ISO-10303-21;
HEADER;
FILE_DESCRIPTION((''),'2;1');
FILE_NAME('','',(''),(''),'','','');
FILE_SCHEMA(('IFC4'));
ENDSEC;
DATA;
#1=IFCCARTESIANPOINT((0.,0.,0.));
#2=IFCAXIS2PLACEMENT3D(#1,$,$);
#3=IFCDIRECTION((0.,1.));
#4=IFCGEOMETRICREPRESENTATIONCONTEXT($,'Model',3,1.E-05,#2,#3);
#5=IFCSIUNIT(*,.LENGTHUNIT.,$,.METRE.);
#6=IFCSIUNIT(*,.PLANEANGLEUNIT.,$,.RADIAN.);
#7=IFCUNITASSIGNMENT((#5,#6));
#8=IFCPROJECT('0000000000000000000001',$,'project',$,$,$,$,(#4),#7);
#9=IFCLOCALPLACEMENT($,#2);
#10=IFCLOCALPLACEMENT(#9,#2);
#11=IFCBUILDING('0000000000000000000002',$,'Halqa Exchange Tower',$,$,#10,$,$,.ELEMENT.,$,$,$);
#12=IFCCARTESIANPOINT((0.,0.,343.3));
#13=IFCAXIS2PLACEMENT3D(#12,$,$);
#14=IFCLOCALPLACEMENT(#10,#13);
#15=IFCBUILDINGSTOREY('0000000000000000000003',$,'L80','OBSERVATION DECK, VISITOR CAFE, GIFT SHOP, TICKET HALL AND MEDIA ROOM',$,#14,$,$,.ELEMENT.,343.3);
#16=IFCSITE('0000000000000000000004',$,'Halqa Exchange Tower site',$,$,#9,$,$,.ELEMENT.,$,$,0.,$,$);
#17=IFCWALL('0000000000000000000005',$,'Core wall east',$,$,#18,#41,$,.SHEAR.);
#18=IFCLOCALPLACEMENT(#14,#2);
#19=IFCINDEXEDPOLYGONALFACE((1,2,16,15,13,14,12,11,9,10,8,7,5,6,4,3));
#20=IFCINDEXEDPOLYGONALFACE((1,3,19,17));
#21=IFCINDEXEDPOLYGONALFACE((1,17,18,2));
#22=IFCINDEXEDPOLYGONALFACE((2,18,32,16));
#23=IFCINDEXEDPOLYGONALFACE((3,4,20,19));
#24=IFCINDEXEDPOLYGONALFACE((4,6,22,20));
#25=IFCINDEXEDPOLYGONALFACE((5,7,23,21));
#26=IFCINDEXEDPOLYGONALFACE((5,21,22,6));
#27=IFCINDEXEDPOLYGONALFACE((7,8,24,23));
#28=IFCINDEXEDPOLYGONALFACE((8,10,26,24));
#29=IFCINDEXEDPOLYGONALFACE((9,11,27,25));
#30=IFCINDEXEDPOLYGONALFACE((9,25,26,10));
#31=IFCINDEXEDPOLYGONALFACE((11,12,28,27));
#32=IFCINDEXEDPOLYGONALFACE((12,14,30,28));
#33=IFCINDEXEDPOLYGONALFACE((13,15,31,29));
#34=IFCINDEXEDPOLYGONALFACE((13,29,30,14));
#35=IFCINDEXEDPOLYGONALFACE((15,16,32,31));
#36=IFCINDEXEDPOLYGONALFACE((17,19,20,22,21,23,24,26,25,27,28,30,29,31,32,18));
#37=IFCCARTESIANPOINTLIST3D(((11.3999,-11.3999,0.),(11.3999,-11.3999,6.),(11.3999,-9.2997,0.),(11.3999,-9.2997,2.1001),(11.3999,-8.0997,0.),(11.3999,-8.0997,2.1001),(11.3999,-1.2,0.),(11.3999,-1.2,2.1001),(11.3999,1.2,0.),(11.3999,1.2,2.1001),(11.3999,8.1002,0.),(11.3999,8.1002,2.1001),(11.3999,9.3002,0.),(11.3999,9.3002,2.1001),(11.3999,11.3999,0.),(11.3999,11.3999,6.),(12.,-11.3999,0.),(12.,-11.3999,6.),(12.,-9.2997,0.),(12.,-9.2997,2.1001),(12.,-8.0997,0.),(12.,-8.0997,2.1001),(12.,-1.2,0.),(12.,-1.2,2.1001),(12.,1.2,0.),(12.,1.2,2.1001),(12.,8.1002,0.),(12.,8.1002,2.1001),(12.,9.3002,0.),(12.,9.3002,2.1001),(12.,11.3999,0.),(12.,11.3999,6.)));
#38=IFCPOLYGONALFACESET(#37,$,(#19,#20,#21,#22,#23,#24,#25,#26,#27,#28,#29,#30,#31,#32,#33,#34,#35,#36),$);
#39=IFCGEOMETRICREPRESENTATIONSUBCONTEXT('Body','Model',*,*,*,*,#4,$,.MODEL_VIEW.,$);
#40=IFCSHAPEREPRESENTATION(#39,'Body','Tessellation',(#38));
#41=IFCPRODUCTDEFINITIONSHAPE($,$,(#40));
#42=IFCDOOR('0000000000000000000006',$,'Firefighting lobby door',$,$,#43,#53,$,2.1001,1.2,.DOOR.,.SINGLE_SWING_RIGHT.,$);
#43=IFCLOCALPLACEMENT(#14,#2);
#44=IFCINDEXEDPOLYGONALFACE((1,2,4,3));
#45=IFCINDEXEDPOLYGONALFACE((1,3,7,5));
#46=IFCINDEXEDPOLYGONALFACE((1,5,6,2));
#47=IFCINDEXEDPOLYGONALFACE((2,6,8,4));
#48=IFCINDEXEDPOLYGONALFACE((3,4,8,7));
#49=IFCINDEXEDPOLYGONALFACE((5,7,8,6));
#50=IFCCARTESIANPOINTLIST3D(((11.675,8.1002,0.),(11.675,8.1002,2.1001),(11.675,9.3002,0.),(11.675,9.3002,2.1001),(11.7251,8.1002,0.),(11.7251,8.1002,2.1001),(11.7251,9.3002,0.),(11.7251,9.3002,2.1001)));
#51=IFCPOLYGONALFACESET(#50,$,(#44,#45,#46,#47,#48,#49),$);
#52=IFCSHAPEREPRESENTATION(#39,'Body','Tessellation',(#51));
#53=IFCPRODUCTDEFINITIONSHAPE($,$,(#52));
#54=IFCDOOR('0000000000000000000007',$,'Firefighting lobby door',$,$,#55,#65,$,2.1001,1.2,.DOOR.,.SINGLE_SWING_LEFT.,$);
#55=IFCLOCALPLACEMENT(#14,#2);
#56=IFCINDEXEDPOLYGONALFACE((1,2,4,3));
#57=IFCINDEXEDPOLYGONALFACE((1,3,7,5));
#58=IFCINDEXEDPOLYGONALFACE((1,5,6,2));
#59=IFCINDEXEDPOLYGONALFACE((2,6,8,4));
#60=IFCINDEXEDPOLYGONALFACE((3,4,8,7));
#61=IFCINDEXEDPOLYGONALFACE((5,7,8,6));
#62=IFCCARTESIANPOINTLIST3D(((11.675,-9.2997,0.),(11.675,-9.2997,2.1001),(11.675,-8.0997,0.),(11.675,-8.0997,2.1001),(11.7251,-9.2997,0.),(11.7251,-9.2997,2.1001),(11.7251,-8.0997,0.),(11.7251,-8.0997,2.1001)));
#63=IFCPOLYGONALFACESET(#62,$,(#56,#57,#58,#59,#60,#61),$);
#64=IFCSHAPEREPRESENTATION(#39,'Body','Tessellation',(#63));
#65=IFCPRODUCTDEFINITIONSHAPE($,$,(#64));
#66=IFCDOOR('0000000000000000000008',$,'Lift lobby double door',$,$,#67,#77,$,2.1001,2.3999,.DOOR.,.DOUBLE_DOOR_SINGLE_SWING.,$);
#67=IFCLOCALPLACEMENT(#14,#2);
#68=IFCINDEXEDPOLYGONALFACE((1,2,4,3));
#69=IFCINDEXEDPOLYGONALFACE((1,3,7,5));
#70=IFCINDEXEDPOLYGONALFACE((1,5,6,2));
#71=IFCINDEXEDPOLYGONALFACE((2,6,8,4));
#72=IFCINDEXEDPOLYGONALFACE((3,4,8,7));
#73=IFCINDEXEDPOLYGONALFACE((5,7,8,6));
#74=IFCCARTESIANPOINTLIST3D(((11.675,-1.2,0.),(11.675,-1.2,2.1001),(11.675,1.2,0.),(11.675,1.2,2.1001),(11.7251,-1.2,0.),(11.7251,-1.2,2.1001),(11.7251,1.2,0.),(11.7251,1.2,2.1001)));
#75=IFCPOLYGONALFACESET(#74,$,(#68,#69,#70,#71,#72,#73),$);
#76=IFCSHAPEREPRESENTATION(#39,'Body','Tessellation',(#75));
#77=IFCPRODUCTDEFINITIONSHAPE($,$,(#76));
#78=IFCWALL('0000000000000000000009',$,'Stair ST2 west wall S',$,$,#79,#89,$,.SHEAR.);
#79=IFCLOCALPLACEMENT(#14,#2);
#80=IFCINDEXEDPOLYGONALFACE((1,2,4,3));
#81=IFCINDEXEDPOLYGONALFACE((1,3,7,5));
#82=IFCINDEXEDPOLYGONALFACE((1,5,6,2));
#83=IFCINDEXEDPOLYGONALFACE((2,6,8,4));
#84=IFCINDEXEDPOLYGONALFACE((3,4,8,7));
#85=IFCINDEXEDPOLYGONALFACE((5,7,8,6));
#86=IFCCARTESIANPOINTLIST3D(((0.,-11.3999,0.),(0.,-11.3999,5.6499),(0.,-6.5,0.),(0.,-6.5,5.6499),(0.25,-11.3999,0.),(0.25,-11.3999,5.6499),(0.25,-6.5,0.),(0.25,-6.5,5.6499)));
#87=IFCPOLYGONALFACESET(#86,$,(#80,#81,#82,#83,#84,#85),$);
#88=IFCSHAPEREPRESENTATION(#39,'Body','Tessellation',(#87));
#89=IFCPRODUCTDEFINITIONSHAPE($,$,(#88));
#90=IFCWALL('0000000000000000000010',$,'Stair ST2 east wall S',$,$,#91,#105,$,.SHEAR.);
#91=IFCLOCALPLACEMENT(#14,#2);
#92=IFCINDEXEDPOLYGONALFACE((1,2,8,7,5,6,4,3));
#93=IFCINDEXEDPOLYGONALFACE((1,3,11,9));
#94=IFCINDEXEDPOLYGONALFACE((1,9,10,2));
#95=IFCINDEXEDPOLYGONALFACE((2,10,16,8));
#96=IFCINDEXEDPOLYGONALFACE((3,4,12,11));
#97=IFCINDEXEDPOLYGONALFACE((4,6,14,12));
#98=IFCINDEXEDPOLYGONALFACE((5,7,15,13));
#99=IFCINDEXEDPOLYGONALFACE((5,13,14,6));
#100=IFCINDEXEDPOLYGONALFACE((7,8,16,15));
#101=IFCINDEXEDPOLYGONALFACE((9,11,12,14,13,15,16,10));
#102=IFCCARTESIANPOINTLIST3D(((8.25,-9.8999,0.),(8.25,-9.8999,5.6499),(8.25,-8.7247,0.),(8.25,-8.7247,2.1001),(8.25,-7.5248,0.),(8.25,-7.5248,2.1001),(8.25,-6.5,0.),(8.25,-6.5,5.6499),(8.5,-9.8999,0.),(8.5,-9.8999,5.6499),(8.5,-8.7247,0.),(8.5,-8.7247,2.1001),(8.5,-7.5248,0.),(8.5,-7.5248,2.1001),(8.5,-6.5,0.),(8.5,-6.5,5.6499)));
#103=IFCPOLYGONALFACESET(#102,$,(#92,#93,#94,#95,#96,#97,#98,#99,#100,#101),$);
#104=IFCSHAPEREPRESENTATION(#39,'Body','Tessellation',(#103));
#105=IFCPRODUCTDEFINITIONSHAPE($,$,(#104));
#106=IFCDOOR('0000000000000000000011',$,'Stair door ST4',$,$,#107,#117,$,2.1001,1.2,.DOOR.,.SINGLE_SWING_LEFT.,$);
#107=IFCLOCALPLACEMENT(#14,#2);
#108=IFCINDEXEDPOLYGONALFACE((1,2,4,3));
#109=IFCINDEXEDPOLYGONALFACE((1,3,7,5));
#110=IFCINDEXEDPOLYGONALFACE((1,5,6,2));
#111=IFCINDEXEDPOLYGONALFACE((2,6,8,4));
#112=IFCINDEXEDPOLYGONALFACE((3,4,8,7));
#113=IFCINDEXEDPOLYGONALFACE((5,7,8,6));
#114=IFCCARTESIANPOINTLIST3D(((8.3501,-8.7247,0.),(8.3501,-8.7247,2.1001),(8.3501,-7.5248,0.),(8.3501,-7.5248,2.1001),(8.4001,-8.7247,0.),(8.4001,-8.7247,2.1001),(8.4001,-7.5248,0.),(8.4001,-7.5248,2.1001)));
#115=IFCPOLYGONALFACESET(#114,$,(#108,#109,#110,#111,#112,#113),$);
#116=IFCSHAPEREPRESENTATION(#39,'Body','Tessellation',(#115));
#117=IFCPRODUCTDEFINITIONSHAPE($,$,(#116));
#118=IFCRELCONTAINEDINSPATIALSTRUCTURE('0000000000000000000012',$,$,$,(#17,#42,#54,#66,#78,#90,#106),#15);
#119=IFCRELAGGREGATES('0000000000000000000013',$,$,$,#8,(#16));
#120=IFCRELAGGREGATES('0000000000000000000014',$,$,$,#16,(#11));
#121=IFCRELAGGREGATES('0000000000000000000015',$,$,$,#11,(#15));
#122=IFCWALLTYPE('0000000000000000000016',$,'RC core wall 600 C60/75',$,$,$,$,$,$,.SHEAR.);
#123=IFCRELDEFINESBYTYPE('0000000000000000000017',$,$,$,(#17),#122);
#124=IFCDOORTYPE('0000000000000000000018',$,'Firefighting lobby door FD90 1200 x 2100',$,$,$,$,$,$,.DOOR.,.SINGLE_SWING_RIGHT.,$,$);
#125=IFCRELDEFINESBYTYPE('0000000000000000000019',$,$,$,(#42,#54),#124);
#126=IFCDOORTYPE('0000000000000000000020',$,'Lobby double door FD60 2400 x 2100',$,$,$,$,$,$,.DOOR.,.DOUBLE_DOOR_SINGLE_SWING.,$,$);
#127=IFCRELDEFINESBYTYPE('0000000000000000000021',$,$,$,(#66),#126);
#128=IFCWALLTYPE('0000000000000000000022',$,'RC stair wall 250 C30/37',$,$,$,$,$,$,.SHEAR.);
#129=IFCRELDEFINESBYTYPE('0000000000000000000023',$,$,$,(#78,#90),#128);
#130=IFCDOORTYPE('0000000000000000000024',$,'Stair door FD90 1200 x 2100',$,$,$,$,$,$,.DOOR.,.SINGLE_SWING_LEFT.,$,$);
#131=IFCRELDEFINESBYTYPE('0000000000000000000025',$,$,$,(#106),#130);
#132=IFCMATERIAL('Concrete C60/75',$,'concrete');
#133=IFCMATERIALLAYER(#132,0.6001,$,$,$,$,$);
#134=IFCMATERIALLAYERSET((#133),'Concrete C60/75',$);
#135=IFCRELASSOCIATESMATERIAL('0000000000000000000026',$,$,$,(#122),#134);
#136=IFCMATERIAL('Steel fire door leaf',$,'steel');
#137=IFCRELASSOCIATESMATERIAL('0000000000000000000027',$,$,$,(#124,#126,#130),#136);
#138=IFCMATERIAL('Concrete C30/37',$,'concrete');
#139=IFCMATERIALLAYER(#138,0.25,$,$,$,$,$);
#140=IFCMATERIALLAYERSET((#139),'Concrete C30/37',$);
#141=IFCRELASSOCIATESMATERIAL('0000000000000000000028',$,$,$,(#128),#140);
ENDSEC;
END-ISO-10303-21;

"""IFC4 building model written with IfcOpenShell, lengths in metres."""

from ifc_helpers import new_model, si_unit, direction, frame, frame_2d, origin, place, context, subcontext, project, spatial, rectangle, extrude, material, layer, layer_set, type_object, element, fill, save


model = new_model("IFC4")

# Units and contexts
model_context = context("Model", 3, precision=1e-05, world=origin(), true_north=direction((0.0, 1.0)))
body_context = subcontext(model_context, "Body", "Model", "MODEL_VIEW")
ifc_project = project(units=[si_unit("LENGTHUNIT", "METRE"), si_unit("PLANEANGLEUNIT", "RADIAN")], contexts=[model_context])

# Site, building, storey
site_placement = place(None, origin())
site = spatial("IfcSite", under=ifc_project, at=site_placement, Name="Halqa Exchange Tower site", CompositionType="ELEMENT", RefElevation=0.0)
building_placement = place(site_placement, origin())
building = spatial("IfcBuilding", under=site, at=building_placement, Name="Halqa Exchange Tower", CompositionType="ELEMENT")
storey_placement = place(building_placement, frame((0.0, 0.0, 343.3)))
storey = spatial("IfcBuildingStorey", under=building, at=storey_placement, Name="L80", Description="OBSERVATION DECK, VISITOR CAFE, GIFT SHOP, TICKET HALL AND MEDIA ROOM", CompositionType="ELEMENT", Elevation=343.3)

# Shared definitions
ifc_material_1 = material(Name="Steel fire door leaf", Category="steel")

# Wall, openings, doors
ifc_material_2 = material(Name="Concrete C60/75", Category="concrete")
ifc_layer_1 = layer(ifc_material_2, 0.6001)
ifc_layer_set_1 = layer_set([ifc_layer_1], Name="Concrete C60/75")
wall_type_1 = type_object("IfcWallType", Name="RC core wall 600 C60/75", PredefinedType="SHEAR", material=ifc_layer_set_1)
wall_1_placement = place(storey_placement, frame((11.7, -11.3999, 0.0), z_axis=(0.0, 0.0, 1.0), x_axis=(0.0, 1.0, 0.0)))
wall_1 = element("IfcWall", 1, at=wall_1_placement, inside=storey, type_object=wall_type_1, Name="Core wall east", PredefinedType="SHEAR", context=body_context, shape_type="SweptSolid", body=[
    extrude(rectangle(XDim=22.7998, YDim=0.6001, at=frame_2d((11.3999, 0.0))), origin(), (0.0, 0.0, 1.0), 6.0),
])
opening_1_placement = place(wall_1_placement, frame((10.2, 0.0, 0.0)))
opening_1 = element("IfcOpeningElement", 2, at=opening_1_placement, cuts=wall_1, PredefinedType="OPENING", context=body_context, shape_type="SweptSolid", body=[
    extrude(rectangle(XDim=2.3999, YDim=2.1001, at=frame_2d((1.2, 1.05))), frame((0.0, 0.312, 0.0), z_axis=(0.0, -1.0, 0.0), x_axis=(1.0, 0.0, 0.0)), (0.0, 0.0, 1.0), 0.624),
])
opening_2_placement = place(wall_1_placement, frame((19.5, 0.0, 0.0)))
opening_2 = element("IfcOpeningElement", 3, at=opening_2_placement, cuts=wall_1, PredefinedType="OPENING", context=body_context, shape_type="SweptSolid", body=[
    extrude(rectangle(XDim=1.2, YDim=2.1001, at=frame_2d((0.6001, 1.05))), frame((0.0, 0.312, 0.0), z_axis=(0.0, -1.0, 0.0), x_axis=(1.0, 0.0, 0.0)), (0.0, 0.0, 1.0), 0.624),
])
opening_3_placement = place(wall_1_placement, frame((2.1001, 0.0, 0.0)))
opening_3 = element("IfcOpeningElement", 4, at=opening_3_placement, cuts=wall_1, PredefinedType="OPENING", context=body_context, shape_type="SweptSolid", body=[
    extrude(rectangle(XDim=1.2, YDim=2.1001, at=frame_2d((0.6001, 1.05))), frame((0.0, 0.312, 0.0), z_axis=(0.0, -1.0, 0.0), x_axis=(1.0, 0.0, 0.0)), (0.0, 0.0, 1.0), 0.624),
])
door_type_1 = type_object("IfcDoorType", Name="Firefighting lobby door FD90 1200 x 2100", OperationType="SINGLE_SWING_RIGHT", PredefinedType="DOOR", material=ifc_material_1)
door_1_placement = place(opening_2_placement, origin())
door_1 = element("IfcDoor", 5, at=door_1_placement, inside=storey, type_object=door_type_1, Name="Firefighting lobby door", OperationType="SINGLE_SWING_RIGHT", OverallHeight=2.1001, OverallWidth=1.2, PredefinedType="DOOR", context=body_context, shape_type="SweptSolid", body=[
    extrude(rectangle(XDim=1.2, YDim=2.1001, at=frame_2d((0.6001, 1.05))), frame((0.0, 0.0249, 0.0), z_axis=(0.0, -1.0, 0.0), x_axis=(1.0, 0.0, 0.0)), (0.0, 0.0, 1.0), 0.05),
])
fill(opening_2, door_1)
door_2_placement = place(opening_3_placement, origin())
door_2 = element("IfcDoor", 6, at=door_2_placement, inside=storey, type_object=door_type_1, Name="Firefighting lobby door", OperationType="SINGLE_SWING_LEFT", OverallHeight=2.1001, OverallWidth=1.2, PredefinedType="DOOR", context=body_context, shape_type="SweptSolid", body=[
    extrude(rectangle(XDim=1.2, YDim=2.1001, at=frame_2d((0.6001, 1.05))), frame((0.0, 0.0249, 0.0), z_axis=(0.0, -1.0, 0.0), x_axis=(1.0, 0.0, 0.0)), (0.0, 0.0, 1.0), 0.05),
])
fill(opening_3, door_2)
door_type_2 = type_object("IfcDoorType", Name="Lobby double door FD60 2400 x 2100", OperationType="DOUBLE_DOOR_SINGLE_SWING", PredefinedType="DOOR", material=ifc_material_1)
door_3_placement = place(opening_1_placement, origin())
door_3 = element("IfcDoor", 7, at=door_3_placement, inside=storey, type_object=door_type_2, Name="Lift lobby double door", OperationType="DOUBLE_DOOR_SINGLE_SWING", OverallHeight=2.1001, OverallWidth=2.3999, PredefinedType="DOOR", context=body_context, shape_type="SweptSolid", body=[
    extrude(rectangle(XDim=2.3999, YDim=2.1001, at=frame_2d((1.2, 1.05))), frame((0.0, 0.0249, 0.0), z_axis=(0.0, -1.0, 0.0), x_axis=(1.0, 0.0, 0.0)), (0.0, 0.0, 1.0), 0.05),
])
fill(opening_1, door_3)

# Wall
ifc_material_3 = material(Name="Concrete C30/37", Category="concrete")
ifc_layer_2 = layer(ifc_material_3, 0.25)
ifc_layer_set_2 = layer_set([ifc_layer_2], Name="Concrete C30/37")
wall_type_2 = type_object("IfcWallType", Name="RC stair wall 250 C30/37", PredefinedType="SHEAR", material=ifc_layer_set_2)
wall_2_placement = place(storey_placement, frame((0.125, -11.3999, 0.0), z_axis=(0.0, 0.0, 1.0), x_axis=(0.0, 1.0, 0.0)))
element("IfcWall", 8, at=wall_2_placement, inside=storey, type_object=wall_type_2, Name="Stair ST2 west wall S", PredefinedType="SHEAR", context=body_context, shape_type="SweptSolid", body=[
    extrude(rectangle(XDim=4.8999, YDim=0.25, at=frame_2d((2.45, 0.0))), origin(), (0.0, 0.0, 1.0), 5.6499),
])

# Wall, opening, door
wall_3_placement = place(storey_placement, frame((8.375, -9.8999, 0.0), z_axis=(0.0, 0.0, 1.0), x_axis=(0.0, 1.0, 0.0)))
wall_3 = element("IfcWall", 9, at=wall_3_placement, inside=storey, type_object=wall_type_2, Name="Stair ST2 east wall S", PredefinedType="SHEAR", context=body_context, shape_type="SweptSolid", body=[
    extrude(rectangle(XDim=3.3999, YDim=0.25, at=frame_2d((1.7, 0.0))), origin(), (0.0, 0.0, 1.0), 5.6499),
])
opening_4_placement = place(wall_3_placement, frame((1.175, 0.0, 0.0)))
opening_4 = element("IfcOpeningElement", 10, at=opening_4_placement, cuts=wall_3, PredefinedType="OPENING", context=body_context, shape_type="SweptSolid", body=[
    extrude(rectangle(XDim=1.2, YDim=2.1001, at=frame_2d((0.6001, 1.05))), frame((0.0, 0.137, 0.0), z_axis=(0.0, -1.0, 0.0), x_axis=(1.0, 0.0, 0.0)), (0.0, 0.0, 1.0), 0.2739),
])
door_type_3 = type_object("IfcDoorType", Name="Stair door FD90 1200 x 2100", OperationType="SINGLE_SWING_LEFT", PredefinedType="DOOR", material=ifc_material_1)
door_4_placement = place(opening_4_placement, origin())
door_4 = element("IfcDoor", 11, at=door_4_placement, inside=storey, type_object=door_type_3, Name="Stair door ST4", OperationType="SINGLE_SWING_LEFT", OverallHeight=2.1001, OverallWidth=1.2, PredefinedType="DOOR", context=body_context, shape_type="SweptSolid", body=[
    extrude(rectangle(XDim=1.2, YDim=2.1001, at=frame_2d((0.6001, 1.05))), frame((0.0, 0.0249, 0.0), z_axis=(0.0, -1.0, 0.0), x_axis=(1.0, 0.0, 0.0)), (0.0, 0.0, 1.0), 0.05),
])
fill(opening_4, door_4)

save(model, "model.ifc")
